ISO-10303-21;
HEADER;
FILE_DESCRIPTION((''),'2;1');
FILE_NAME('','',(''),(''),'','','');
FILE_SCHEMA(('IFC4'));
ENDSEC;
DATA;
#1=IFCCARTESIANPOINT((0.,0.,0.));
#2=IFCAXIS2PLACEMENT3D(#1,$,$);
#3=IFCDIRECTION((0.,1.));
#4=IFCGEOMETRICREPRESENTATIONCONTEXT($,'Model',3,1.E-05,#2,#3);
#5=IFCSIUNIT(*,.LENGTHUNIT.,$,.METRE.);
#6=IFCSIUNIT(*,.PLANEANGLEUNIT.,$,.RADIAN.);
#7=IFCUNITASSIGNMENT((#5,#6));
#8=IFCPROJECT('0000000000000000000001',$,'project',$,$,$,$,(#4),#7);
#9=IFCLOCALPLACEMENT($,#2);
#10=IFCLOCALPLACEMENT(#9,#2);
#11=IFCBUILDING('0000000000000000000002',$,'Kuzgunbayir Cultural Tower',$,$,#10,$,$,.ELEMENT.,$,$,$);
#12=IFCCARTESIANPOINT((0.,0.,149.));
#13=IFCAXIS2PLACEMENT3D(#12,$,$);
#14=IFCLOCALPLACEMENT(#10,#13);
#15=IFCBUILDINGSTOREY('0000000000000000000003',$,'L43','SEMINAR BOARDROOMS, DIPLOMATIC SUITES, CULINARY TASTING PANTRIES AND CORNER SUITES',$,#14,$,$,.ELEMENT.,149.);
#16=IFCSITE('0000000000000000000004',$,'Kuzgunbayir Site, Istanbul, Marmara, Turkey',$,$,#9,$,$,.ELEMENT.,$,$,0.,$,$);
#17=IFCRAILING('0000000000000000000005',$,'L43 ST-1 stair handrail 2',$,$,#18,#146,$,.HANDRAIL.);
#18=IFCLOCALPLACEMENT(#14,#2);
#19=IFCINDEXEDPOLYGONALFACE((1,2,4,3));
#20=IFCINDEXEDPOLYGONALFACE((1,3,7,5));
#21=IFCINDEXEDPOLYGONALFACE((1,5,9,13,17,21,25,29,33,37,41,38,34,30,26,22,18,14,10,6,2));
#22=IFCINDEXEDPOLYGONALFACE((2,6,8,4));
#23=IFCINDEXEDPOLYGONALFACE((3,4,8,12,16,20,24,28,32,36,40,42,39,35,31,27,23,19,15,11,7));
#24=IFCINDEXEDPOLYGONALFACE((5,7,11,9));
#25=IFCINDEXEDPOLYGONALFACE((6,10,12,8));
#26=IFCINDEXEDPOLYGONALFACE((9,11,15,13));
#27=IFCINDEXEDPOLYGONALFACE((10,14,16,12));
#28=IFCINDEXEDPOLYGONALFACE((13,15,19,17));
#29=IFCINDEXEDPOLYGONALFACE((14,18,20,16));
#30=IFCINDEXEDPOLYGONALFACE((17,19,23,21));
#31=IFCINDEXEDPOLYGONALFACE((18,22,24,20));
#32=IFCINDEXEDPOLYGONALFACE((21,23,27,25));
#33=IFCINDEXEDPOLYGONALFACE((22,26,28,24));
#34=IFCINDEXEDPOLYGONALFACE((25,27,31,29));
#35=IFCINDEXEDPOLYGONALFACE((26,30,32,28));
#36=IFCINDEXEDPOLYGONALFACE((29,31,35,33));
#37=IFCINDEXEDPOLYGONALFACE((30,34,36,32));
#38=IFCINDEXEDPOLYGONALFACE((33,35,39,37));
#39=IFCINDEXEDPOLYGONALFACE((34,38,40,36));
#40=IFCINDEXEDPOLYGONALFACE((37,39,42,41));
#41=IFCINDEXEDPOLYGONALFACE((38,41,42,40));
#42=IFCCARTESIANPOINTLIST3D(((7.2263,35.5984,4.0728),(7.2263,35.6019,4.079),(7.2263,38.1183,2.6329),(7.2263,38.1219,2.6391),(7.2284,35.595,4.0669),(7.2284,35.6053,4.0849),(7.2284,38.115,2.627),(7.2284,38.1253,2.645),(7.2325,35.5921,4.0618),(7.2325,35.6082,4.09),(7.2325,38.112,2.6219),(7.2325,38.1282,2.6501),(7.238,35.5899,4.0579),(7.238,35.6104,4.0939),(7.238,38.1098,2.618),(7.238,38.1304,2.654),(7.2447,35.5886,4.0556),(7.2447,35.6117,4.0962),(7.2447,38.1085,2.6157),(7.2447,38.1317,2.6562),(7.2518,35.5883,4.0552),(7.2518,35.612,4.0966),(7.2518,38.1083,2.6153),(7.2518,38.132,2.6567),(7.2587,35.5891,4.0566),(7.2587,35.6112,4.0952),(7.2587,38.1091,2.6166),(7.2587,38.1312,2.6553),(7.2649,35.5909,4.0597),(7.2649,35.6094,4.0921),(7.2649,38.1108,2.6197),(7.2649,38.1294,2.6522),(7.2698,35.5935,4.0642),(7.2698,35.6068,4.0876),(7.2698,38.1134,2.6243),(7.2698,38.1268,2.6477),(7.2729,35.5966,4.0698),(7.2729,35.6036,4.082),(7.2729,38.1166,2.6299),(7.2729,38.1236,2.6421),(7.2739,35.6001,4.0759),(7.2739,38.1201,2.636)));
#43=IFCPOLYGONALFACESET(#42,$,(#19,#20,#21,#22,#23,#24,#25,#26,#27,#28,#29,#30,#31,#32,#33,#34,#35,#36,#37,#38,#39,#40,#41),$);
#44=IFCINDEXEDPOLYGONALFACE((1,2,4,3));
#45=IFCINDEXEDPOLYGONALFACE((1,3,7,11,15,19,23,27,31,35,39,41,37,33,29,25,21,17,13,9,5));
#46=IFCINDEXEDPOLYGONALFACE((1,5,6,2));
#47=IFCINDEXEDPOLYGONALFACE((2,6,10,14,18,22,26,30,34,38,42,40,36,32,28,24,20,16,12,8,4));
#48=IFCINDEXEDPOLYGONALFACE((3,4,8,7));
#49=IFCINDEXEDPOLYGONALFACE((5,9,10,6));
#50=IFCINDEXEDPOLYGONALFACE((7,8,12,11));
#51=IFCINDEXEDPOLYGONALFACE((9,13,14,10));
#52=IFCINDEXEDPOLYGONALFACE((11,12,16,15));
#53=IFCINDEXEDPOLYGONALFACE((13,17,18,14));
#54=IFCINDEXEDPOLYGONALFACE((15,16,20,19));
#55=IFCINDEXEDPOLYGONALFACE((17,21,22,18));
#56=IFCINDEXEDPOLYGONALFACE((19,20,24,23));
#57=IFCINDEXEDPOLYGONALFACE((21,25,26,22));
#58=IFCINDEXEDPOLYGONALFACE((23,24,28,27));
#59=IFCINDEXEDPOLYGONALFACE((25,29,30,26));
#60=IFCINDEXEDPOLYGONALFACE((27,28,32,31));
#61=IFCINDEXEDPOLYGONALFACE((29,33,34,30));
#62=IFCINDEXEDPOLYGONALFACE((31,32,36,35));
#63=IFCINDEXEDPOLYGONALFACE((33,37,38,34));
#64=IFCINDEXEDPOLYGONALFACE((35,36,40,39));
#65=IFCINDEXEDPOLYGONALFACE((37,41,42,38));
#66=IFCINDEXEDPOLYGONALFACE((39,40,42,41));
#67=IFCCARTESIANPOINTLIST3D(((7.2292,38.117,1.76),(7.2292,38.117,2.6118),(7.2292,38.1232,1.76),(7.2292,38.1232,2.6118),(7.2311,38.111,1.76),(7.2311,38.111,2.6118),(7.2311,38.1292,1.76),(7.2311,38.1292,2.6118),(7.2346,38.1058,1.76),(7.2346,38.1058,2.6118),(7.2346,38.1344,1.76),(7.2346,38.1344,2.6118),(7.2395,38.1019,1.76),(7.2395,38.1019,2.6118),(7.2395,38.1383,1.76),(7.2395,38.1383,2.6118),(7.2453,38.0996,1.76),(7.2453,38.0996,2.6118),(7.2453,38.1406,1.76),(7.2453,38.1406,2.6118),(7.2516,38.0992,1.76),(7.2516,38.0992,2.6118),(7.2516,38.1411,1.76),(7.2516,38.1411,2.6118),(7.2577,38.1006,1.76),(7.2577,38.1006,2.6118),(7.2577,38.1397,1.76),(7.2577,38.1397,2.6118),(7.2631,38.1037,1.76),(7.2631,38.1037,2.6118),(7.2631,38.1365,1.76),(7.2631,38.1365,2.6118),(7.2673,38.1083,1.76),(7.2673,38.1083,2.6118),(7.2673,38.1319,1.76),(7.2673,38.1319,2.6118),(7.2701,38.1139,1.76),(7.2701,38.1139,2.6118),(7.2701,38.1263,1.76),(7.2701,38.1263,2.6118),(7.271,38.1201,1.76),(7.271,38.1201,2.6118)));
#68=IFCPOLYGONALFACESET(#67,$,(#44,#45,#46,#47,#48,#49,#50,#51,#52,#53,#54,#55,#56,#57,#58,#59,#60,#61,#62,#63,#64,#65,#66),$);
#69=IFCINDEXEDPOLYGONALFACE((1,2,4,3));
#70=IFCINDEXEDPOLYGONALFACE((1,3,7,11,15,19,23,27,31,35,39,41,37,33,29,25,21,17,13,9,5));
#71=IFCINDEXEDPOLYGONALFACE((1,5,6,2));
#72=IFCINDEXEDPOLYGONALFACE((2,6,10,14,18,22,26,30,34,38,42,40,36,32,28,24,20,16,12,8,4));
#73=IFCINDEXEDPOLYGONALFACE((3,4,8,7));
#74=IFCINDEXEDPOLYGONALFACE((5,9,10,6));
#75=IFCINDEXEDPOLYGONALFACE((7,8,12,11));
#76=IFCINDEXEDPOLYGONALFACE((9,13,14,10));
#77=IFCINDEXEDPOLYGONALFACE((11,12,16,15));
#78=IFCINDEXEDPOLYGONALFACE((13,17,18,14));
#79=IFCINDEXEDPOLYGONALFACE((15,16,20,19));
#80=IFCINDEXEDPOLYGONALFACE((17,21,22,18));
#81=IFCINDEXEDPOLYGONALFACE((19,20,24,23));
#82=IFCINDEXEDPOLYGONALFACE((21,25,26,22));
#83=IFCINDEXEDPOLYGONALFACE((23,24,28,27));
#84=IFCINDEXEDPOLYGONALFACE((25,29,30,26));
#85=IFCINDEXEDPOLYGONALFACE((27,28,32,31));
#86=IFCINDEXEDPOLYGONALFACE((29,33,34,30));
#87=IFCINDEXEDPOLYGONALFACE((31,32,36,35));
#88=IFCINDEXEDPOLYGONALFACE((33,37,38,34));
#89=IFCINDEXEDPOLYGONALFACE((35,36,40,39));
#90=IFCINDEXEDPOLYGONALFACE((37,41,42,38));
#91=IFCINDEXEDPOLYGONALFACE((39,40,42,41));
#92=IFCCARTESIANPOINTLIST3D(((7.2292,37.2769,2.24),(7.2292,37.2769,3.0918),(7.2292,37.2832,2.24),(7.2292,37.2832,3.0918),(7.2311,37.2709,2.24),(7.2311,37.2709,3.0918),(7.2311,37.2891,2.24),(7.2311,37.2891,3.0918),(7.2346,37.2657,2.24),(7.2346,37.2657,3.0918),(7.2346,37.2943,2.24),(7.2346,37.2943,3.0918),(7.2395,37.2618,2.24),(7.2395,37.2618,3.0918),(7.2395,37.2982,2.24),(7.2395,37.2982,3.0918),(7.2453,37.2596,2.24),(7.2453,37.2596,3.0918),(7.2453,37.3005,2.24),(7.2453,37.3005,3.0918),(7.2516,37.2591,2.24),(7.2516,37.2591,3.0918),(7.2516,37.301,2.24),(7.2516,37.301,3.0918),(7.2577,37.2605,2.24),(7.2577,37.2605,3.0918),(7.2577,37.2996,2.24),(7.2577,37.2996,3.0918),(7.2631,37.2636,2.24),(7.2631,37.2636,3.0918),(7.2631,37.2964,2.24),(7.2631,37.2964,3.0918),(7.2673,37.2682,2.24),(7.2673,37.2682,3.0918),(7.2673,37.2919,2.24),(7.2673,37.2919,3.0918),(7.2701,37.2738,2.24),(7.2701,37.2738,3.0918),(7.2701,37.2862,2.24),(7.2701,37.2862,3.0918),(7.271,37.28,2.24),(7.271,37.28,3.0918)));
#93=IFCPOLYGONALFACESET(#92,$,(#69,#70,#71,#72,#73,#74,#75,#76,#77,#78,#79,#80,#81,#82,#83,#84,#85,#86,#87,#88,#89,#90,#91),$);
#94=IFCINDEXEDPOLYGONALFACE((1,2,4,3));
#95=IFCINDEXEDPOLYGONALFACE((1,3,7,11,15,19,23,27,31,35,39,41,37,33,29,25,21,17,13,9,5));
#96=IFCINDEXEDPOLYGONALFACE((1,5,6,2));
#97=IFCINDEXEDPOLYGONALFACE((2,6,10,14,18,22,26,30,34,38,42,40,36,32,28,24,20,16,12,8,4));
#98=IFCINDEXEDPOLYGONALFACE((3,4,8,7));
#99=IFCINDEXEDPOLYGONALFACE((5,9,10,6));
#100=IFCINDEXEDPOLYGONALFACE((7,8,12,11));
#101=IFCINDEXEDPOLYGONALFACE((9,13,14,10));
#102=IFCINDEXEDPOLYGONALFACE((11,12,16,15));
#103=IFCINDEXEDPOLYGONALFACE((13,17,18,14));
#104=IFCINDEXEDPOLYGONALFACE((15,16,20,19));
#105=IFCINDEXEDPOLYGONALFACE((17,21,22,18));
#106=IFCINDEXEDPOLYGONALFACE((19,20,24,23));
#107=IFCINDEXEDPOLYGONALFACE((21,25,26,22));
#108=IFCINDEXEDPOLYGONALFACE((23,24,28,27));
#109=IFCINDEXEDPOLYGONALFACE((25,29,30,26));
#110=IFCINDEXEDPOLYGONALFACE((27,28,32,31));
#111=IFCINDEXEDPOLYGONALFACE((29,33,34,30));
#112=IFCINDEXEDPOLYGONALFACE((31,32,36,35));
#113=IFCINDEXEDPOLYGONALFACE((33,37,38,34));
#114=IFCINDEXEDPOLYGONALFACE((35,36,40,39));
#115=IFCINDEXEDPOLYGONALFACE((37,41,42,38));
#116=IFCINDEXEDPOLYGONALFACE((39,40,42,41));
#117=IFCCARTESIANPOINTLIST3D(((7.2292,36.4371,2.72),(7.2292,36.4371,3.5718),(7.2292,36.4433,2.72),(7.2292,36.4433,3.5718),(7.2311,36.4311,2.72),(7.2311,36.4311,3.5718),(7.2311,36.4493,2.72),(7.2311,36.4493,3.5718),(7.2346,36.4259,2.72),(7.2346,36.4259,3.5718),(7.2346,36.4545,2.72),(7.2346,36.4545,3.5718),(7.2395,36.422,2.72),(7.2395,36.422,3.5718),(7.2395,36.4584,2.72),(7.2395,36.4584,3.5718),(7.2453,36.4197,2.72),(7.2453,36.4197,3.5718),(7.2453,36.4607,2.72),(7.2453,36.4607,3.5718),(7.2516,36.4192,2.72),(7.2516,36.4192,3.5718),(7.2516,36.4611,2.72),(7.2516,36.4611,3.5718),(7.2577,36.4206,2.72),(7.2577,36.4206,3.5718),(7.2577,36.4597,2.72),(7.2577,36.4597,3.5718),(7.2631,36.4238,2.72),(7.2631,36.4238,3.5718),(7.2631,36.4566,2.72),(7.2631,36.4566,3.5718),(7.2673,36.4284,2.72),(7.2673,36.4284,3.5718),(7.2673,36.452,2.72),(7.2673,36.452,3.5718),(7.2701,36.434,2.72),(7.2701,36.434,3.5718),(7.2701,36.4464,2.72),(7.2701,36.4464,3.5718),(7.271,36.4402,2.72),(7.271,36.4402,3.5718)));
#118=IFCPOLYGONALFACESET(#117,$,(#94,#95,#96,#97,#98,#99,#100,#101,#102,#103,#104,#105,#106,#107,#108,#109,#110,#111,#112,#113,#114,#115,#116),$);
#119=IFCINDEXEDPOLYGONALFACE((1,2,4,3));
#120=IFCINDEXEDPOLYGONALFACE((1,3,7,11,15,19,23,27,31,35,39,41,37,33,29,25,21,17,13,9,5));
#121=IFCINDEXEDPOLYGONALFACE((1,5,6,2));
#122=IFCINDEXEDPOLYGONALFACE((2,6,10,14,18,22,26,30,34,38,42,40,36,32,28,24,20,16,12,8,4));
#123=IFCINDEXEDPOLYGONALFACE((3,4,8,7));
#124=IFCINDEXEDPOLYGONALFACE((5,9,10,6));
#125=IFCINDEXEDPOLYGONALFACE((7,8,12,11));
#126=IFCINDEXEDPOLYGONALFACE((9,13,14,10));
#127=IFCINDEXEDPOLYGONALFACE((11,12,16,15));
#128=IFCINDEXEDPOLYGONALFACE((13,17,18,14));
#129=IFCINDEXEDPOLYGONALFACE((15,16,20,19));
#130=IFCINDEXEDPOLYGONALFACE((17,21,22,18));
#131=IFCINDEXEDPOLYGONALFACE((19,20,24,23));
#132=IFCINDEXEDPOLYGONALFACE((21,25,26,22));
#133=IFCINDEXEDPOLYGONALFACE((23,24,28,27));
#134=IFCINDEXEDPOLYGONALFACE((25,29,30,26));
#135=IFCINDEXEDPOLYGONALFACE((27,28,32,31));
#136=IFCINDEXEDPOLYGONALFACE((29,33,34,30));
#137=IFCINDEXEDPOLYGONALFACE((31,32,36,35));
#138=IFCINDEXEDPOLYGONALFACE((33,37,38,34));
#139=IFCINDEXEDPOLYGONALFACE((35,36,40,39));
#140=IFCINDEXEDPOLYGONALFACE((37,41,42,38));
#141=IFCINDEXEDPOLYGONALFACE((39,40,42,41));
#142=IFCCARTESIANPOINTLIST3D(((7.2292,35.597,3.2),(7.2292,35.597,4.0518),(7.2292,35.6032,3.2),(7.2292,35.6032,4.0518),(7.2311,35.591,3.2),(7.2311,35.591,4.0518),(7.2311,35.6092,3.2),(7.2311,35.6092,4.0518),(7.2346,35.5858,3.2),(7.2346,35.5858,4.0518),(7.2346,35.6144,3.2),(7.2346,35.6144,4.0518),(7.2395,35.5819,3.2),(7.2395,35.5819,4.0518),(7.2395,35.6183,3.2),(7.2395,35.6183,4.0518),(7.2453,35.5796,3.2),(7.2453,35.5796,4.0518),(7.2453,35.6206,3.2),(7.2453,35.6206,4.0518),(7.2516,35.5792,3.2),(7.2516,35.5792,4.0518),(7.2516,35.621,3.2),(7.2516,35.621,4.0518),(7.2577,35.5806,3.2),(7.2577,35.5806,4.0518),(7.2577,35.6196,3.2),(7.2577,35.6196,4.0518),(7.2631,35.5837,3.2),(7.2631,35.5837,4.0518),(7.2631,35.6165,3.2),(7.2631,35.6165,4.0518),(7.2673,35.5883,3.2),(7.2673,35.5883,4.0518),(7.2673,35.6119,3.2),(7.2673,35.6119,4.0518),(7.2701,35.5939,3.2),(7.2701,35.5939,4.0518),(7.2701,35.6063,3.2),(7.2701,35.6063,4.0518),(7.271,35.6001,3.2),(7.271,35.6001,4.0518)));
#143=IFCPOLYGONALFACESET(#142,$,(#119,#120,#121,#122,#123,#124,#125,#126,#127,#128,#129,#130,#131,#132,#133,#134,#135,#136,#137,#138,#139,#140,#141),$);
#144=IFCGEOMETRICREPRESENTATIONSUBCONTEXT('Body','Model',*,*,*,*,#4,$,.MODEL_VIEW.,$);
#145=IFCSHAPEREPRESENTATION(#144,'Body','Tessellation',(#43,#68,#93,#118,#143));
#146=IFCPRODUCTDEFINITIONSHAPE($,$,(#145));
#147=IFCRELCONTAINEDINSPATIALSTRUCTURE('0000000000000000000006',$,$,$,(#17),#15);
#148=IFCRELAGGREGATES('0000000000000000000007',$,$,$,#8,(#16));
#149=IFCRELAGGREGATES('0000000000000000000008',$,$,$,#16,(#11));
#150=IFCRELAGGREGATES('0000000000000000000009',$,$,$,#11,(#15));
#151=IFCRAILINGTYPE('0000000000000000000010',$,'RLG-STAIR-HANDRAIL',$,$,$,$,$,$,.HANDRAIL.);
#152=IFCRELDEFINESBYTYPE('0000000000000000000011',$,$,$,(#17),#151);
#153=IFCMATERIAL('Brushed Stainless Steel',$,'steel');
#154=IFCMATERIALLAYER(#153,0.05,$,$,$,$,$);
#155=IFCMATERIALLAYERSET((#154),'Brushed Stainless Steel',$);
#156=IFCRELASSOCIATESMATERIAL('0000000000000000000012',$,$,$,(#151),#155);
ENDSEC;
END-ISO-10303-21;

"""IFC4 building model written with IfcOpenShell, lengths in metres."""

from ifc_helpers import new_model, si_unit, direction, frame, origin, origin_2d, place, context, subcontext, project, spatial, circle, extrude, material, layer, layer_set, type_object, element, save


model = new_model("IFC4")

# Units and contexts
model_context = context("Model", 3, precision=1e-05, world=origin(), true_north=direction((0.0, 1.0)))
body_context = subcontext(model_context, "Body", "Model", "MODEL_VIEW")
ifc_project = project(units=[si_unit("LENGTHUNIT", "METRE"), si_unit("PLANEANGLEUNIT", "RADIAN")], contexts=[model_context])

# Site, building, storey
site_placement = place(None, origin())
site = spatial("IfcSite", under=ifc_project, at=site_placement, Name="Kuzgunbayir Site, Istanbul, Marmara, Turkey", CompositionType="ELEMENT", RefElevation=0.0)
building_placement = place(site_placement, origin())
building = spatial("IfcBuilding", under=site, at=building_placement, Name="Kuzgunbayir Cultural Tower", CompositionType="ELEMENT")
storey_placement = place(building_placement, frame((0.0, 0.0, 149.0)))
storey = spatial("IfcBuildingStorey", under=building, at=storey_placement, Name="L43", Description="SEMINAR BOARDROOMS, DIPLOMATIC SUITES, CULINARY TASTING PANTRIES AND CORNER SUITES", CompositionType="ELEMENT", Elevation=149.0)

# Railing
ifc_material_1 = material(Name="Brushed Stainless Steel", Category="steel")
ifc_layer_1 = layer(ifc_material_1, 0.05)
ifc_layer_set_1 = layer_set([ifc_layer_1], Name="Brushed Stainless Steel")
railing_type_1 = type_object("IfcRailingType", Name="RLG-STAIR-HANDRAIL", PredefinedType="HANDRAIL", material=ifc_layer_set_1)
railing_1_placement = place(storey_placement, frame((7.25, 38.1201, 1.76)))
element("IfcRailing", 1, at=railing_1_placement, inside=storey, type_object=railing_type_1, Name="L43 ST-1 stair handrail 2", PredefinedType="HANDRAIL", context=body_context, shape_type="SweptSolid", body=[
    extrude(circle(Radius=0.0239, at=origin_2d()), frame((0.0, 0.0, 0.876), z_axis=(0.0, -0.868253, 0.496121), x_axis=(1.0, 0.0, 0.0)), (0.0, 0.0, 1.0), 2.9023),
    extrude(circle(Radius=0.021, at=origin_2d()), origin(), (0.0, 0.0, 1.0), 0.8518),
    extrude(circle(Radius=0.021, at=origin_2d()), frame((0.0, -0.8401, 0.48)), (0.0, 0.0, 1.0), 0.8518),
    extrude(circle(Radius=0.021, at=origin_2d()), frame((0.0, -1.6799, 0.96)), (0.0, 0.0, 1.0), 0.8518),
    extrude(circle(Radius=0.021, at=origin_2d()), frame((0.0, -2.52, 1.4399)), (0.0, 0.0, 1.0), 0.8518),
])

save(model, "model.ifc")
